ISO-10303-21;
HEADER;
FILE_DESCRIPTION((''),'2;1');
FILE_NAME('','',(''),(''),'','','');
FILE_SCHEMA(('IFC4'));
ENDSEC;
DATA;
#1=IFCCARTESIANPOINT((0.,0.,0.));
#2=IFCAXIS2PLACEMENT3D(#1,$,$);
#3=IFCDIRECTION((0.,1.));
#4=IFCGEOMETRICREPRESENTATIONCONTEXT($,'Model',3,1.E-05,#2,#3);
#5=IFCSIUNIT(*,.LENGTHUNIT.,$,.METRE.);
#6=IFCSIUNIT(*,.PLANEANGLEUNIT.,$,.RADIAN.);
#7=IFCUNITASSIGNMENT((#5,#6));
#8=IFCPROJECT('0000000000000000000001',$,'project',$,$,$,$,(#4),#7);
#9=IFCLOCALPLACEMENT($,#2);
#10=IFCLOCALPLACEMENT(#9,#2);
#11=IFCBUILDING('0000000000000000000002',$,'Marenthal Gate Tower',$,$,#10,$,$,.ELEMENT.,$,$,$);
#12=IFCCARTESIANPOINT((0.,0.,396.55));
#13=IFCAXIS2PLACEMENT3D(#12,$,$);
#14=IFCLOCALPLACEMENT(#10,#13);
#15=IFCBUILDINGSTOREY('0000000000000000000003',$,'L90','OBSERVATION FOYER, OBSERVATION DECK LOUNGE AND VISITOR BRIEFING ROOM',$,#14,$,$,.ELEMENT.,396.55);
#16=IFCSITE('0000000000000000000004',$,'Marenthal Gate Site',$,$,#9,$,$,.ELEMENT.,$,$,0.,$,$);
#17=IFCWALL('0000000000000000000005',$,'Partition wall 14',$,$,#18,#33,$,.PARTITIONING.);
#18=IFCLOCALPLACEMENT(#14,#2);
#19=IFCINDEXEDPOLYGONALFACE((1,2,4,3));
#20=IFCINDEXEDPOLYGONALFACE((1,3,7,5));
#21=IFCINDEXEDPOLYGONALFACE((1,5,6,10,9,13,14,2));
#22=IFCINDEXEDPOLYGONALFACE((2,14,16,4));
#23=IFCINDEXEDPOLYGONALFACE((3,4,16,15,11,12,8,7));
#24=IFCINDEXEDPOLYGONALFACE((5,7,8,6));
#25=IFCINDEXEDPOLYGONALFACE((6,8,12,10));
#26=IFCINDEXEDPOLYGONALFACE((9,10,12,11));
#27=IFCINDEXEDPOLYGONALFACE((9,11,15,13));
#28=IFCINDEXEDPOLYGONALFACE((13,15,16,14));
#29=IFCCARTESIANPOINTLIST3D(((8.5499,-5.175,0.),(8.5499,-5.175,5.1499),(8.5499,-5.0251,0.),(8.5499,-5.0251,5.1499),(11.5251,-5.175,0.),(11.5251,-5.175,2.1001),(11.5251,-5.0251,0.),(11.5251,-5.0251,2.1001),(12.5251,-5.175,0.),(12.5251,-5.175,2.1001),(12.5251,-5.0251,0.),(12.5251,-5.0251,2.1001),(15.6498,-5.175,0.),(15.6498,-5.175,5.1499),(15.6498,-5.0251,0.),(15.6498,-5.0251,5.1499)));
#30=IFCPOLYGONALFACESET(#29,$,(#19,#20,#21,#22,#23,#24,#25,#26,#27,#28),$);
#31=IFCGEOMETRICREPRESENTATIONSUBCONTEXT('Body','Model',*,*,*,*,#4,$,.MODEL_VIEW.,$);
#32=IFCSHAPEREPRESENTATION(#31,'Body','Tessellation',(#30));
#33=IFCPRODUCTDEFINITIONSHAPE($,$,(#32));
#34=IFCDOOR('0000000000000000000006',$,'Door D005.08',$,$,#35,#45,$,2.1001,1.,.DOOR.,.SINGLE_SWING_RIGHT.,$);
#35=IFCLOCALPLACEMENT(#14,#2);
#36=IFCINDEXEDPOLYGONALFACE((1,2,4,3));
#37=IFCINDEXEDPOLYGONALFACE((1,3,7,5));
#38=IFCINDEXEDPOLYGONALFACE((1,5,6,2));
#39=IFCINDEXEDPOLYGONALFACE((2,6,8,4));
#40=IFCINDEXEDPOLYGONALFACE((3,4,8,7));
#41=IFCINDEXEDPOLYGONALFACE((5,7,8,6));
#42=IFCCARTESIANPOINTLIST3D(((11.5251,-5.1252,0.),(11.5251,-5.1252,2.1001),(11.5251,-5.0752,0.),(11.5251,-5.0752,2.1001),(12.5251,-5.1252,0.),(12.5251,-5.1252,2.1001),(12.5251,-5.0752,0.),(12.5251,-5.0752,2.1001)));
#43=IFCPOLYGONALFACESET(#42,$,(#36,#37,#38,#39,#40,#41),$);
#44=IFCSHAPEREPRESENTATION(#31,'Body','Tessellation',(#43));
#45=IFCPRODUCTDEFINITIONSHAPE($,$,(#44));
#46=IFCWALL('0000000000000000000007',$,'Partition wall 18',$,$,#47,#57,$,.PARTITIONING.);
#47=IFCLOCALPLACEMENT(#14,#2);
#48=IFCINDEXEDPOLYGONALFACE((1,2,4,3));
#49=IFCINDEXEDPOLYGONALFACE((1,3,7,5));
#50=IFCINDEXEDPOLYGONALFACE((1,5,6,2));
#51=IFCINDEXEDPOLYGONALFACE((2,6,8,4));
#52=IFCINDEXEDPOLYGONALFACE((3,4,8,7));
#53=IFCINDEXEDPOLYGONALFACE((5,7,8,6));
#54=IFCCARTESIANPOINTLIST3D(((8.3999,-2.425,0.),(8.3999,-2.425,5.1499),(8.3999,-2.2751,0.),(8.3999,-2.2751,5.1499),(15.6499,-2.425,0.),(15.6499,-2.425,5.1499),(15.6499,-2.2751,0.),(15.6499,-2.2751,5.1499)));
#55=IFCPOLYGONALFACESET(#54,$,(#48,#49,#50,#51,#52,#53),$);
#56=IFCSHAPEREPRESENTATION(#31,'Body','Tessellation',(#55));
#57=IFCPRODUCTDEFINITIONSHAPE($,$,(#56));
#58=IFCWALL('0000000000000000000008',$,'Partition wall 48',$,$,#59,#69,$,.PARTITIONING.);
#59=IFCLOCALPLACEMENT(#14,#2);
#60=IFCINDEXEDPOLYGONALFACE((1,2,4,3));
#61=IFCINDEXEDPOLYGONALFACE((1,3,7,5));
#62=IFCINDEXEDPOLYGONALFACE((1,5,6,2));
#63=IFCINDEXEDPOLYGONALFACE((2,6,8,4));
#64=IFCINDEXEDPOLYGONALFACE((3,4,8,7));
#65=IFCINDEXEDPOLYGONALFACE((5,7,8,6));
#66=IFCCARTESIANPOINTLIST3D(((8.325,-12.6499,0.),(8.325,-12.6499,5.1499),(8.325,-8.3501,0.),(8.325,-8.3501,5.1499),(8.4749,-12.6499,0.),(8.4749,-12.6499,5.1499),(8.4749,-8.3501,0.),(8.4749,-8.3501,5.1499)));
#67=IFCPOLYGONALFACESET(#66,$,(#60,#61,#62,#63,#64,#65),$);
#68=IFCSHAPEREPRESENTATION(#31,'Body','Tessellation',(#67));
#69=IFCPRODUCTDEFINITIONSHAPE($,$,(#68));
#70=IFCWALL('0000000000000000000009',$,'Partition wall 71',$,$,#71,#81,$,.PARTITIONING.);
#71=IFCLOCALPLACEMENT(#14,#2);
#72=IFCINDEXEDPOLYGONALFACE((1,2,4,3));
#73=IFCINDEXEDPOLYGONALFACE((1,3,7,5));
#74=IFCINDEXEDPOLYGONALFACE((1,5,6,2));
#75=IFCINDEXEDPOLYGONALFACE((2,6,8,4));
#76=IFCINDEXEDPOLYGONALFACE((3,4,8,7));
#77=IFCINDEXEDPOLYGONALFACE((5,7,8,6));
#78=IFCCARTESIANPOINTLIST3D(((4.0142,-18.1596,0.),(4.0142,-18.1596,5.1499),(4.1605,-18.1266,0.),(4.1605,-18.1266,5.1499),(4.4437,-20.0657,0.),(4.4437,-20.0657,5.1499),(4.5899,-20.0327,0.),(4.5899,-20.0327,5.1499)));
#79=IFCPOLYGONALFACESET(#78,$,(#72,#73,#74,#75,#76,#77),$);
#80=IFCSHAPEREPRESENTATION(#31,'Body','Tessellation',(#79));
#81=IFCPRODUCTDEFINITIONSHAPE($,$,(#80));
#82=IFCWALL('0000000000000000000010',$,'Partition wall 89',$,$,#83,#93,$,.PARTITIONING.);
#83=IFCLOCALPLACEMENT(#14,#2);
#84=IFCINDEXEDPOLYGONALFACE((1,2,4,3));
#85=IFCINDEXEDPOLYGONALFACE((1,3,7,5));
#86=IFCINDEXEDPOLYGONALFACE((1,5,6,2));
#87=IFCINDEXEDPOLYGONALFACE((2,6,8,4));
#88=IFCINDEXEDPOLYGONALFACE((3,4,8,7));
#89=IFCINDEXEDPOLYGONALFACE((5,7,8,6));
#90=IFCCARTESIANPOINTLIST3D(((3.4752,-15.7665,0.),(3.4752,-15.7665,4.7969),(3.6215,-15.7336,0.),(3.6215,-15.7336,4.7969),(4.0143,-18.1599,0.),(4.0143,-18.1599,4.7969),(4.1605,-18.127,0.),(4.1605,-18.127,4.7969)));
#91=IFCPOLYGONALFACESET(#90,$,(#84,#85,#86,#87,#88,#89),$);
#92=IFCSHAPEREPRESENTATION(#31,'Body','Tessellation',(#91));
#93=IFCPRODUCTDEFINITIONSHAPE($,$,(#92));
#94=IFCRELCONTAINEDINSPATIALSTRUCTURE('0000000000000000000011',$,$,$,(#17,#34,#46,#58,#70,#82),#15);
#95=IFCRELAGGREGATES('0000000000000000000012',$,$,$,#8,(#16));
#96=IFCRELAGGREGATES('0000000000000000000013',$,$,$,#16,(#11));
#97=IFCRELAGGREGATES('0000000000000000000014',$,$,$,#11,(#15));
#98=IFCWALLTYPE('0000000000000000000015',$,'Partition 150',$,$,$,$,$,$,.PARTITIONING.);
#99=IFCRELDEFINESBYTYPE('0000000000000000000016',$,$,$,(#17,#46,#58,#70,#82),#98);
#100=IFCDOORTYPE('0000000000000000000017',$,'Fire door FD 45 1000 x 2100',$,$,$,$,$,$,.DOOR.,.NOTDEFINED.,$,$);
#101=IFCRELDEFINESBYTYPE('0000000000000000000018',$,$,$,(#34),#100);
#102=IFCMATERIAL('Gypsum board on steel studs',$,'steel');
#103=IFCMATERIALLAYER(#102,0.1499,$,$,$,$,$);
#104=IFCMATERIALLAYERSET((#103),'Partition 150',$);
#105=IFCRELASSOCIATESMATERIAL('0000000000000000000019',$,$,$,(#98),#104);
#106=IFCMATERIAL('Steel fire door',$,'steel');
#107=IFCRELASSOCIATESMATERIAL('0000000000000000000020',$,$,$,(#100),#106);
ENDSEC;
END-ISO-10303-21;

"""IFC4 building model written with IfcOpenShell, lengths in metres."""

from ifc_helpers import new_model, si_unit, direction, frame, frame_2d, origin, place, context, subcontext, project, spatial, rectangle, extrude, material, layer, layer_set, type_object, element, fill, save


model = new_model("IFC4")

# Units and contexts
model_context = context("Model", 3, precision=1e-05, world=origin(), true_north=direction((0.0, 1.0)))
body_context = subcontext(model_context, "Body", "Model", "MODEL_VIEW")
ifc_project = project(units=[si_unit("LENGTHUNIT", "METRE"), si_unit("PLANEANGLEUNIT", "RADIAN")], contexts=[model_context])

# Site, building, storey
site_placement = place(None, origin())
site = spatial("IfcSite", under=ifc_project, at=site_placement, Name="Marenthal Gate Site", CompositionType="ELEMENT", RefElevation=0.0)
building_placement = place(site_placement, origin())
building = spatial("IfcBuilding", under=site, at=building_placement, Name="Marenthal Gate Tower", CompositionType="ELEMENT")
storey_placement = place(building_placement, frame((0.0, 0.0, 396.55)))
storey = spatial("IfcBuildingStorey", under=building, at=storey_placement, Name="L90", Description="OBSERVATION FOYER, OBSERVATION DECK LOUNGE AND VISITOR BRIEFING ROOM", CompositionType="ELEMENT", Elevation=396.55)

# Wall, opening, door
ifc_material_1 = material(Name="Gypsum board on steel studs", Category="steel")
ifc_layer_1 = layer(ifc_material_1, 0.1499)
ifc_layer_set_1 = layer_set([ifc_layer_1], Name="Partition 150")
wall_type_1 = type_object("IfcWallType", Name="Partition 150", PredefinedType="PARTITIONING", material=ifc_layer_set_1)
ifc_material_2 = material(Name="Steel fire door", Category="steel")
door_type = type_object("IfcDoorType", Name="Fire door FD 45 1000 x 2100", OperationType="NOTDEFINED", PredefinedType="DOOR", material=ifc_material_2)
wall_1_placement = place(storey_placement, frame((8.55, -5.1001, 0.0), z_axis=(0.0, 0.0, 1.0), x_axis=(1.0, 0.0, 0.0)))
wall_1 = element("IfcWall", 1, at=wall_1_placement, inside=storey, type_object=wall_type_1, Name="Partition wall 14", PredefinedType="PARTITIONING", context=body_context, shape_type="SweptSolid", body=[
    extrude(rectangle(XDim=7.0999, YDim=0.1499, at=frame_2d((3.5498, 0.0))), origin(), (0.0, 0.0, 1.0), 5.1499),
])
opening_1_placement = place(wall_1_placement, frame((2.9751, 0.0, 0.0)))
opening_1 = element("IfcOpeningElement", 2, at=opening_1_placement, cuts=wall_1, PredefinedType="OPENING", context=body_context, shape_type="SweptSolid", body=[
    extrude(rectangle(XDim=1.0, YDim=2.1001, at=frame_2d((0.5, 1.05))), frame((0.0, 0.085, 0.0), z_axis=(0.0, -1.0, 0.0), x_axis=(1.0, 0.0, 0.0)), (0.0, 0.0, 1.0), 0.1699),
])
door_1_placement = place(opening_1_placement, origin())
door_1 = element("IfcDoor", 3, at=door_1_placement, inside=storey, type_object=door_type, Name="Door D005.08", OperationType="SINGLE_SWING_RIGHT", OverallHeight=2.1001, OverallWidth=1.0, PredefinedType="DOOR", context=body_context, shape_type="SweptSolid", body=[
    extrude(rectangle(XDim=1.0, YDim=2.1001, at=frame_2d((0.5, 1.05))), frame((0.0, 0.0249, 0.0), z_axis=(0.0, -1.0, 0.0), x_axis=(1.0, 0.0, 0.0)), (0.0, 0.0, 1.0), 0.05),
])
fill(opening_1, door_1)

# Walls
wall_2_placement = place(storey_placement, frame((8.3999, -2.3501, 0.0), z_axis=(0.0, 0.0, 1.0), x_axis=(1.0, 0.0, 0.0)))
element("IfcWall", 4, at=wall_2_placement, inside=storey, type_object=wall_type_1, Name="Partition wall 18", PredefinedType="PARTITIONING", context=body_context, shape_type="SweptSolid", body=[
    extrude(rectangle(XDim=7.25, YDim=0.1499, at=frame_2d((3.625, 0.0))), origin(), (0.0, 0.0, 1.0), 5.1499),
])
wall_3_placement = place(storey_placement, frame((8.3999, -12.6499, 0.0), z_axis=(0.0, 0.0, 1.0), x_axis=(0.0, 1.0, 0.0)))
element("IfcWall", 5, at=wall_3_placement, inside=storey, type_object=wall_type_1, Name="Partition wall 48", PredefinedType="PARTITIONING", context=body_context, shape_type="SweptSolid", body=[
    extrude(rectangle(XDim=4.2998, YDim=0.1499, at=frame_2d((2.1499, 0.0))), origin(), (0.0, 0.0, 1.0), 5.1499),
])
wall_4_placement = place(storey_placement, frame((4.5168, -20.0493, 0.0), z_axis=(0.0, 0.0, 1.0), x_axis=(-0.219801, 0.975545, 0.0)))
element("IfcWall", 6, at=wall_4_placement, inside=storey, type_object=wall_type_1, Name="Partition wall 71", PredefinedType="PARTITIONING", context=body_context, shape_type="SweptSolid", body=[
    extrude(rectangle(XDim=1.9539, YDim=0.1499, at=frame_2d((0.9771, 0.0))), origin(), (0.0, 0.0, 1.0), 5.1499),
])
wall_5_placement = place(storey_placement, frame((4.0874, -18.1433, 0.0), z_axis=(0.0, 0.0, 1.0), x_axis=(-0.219732, 0.97556, 0.0)))
element("IfcWall", 7, at=wall_5_placement, inside=storey, type_object=wall_type_1, Name="Partition wall 89", PredefinedType="PARTITIONING", context=body_context, shape_type="SweptSolid", body=[
    extrude(rectangle(XDim=2.4534, YDim=0.1499, at=frame_2d((1.2266, 0.0))), origin(), (0.0, 0.0, 1.0), 4.7969),
])

save(model, "model.ifc")
